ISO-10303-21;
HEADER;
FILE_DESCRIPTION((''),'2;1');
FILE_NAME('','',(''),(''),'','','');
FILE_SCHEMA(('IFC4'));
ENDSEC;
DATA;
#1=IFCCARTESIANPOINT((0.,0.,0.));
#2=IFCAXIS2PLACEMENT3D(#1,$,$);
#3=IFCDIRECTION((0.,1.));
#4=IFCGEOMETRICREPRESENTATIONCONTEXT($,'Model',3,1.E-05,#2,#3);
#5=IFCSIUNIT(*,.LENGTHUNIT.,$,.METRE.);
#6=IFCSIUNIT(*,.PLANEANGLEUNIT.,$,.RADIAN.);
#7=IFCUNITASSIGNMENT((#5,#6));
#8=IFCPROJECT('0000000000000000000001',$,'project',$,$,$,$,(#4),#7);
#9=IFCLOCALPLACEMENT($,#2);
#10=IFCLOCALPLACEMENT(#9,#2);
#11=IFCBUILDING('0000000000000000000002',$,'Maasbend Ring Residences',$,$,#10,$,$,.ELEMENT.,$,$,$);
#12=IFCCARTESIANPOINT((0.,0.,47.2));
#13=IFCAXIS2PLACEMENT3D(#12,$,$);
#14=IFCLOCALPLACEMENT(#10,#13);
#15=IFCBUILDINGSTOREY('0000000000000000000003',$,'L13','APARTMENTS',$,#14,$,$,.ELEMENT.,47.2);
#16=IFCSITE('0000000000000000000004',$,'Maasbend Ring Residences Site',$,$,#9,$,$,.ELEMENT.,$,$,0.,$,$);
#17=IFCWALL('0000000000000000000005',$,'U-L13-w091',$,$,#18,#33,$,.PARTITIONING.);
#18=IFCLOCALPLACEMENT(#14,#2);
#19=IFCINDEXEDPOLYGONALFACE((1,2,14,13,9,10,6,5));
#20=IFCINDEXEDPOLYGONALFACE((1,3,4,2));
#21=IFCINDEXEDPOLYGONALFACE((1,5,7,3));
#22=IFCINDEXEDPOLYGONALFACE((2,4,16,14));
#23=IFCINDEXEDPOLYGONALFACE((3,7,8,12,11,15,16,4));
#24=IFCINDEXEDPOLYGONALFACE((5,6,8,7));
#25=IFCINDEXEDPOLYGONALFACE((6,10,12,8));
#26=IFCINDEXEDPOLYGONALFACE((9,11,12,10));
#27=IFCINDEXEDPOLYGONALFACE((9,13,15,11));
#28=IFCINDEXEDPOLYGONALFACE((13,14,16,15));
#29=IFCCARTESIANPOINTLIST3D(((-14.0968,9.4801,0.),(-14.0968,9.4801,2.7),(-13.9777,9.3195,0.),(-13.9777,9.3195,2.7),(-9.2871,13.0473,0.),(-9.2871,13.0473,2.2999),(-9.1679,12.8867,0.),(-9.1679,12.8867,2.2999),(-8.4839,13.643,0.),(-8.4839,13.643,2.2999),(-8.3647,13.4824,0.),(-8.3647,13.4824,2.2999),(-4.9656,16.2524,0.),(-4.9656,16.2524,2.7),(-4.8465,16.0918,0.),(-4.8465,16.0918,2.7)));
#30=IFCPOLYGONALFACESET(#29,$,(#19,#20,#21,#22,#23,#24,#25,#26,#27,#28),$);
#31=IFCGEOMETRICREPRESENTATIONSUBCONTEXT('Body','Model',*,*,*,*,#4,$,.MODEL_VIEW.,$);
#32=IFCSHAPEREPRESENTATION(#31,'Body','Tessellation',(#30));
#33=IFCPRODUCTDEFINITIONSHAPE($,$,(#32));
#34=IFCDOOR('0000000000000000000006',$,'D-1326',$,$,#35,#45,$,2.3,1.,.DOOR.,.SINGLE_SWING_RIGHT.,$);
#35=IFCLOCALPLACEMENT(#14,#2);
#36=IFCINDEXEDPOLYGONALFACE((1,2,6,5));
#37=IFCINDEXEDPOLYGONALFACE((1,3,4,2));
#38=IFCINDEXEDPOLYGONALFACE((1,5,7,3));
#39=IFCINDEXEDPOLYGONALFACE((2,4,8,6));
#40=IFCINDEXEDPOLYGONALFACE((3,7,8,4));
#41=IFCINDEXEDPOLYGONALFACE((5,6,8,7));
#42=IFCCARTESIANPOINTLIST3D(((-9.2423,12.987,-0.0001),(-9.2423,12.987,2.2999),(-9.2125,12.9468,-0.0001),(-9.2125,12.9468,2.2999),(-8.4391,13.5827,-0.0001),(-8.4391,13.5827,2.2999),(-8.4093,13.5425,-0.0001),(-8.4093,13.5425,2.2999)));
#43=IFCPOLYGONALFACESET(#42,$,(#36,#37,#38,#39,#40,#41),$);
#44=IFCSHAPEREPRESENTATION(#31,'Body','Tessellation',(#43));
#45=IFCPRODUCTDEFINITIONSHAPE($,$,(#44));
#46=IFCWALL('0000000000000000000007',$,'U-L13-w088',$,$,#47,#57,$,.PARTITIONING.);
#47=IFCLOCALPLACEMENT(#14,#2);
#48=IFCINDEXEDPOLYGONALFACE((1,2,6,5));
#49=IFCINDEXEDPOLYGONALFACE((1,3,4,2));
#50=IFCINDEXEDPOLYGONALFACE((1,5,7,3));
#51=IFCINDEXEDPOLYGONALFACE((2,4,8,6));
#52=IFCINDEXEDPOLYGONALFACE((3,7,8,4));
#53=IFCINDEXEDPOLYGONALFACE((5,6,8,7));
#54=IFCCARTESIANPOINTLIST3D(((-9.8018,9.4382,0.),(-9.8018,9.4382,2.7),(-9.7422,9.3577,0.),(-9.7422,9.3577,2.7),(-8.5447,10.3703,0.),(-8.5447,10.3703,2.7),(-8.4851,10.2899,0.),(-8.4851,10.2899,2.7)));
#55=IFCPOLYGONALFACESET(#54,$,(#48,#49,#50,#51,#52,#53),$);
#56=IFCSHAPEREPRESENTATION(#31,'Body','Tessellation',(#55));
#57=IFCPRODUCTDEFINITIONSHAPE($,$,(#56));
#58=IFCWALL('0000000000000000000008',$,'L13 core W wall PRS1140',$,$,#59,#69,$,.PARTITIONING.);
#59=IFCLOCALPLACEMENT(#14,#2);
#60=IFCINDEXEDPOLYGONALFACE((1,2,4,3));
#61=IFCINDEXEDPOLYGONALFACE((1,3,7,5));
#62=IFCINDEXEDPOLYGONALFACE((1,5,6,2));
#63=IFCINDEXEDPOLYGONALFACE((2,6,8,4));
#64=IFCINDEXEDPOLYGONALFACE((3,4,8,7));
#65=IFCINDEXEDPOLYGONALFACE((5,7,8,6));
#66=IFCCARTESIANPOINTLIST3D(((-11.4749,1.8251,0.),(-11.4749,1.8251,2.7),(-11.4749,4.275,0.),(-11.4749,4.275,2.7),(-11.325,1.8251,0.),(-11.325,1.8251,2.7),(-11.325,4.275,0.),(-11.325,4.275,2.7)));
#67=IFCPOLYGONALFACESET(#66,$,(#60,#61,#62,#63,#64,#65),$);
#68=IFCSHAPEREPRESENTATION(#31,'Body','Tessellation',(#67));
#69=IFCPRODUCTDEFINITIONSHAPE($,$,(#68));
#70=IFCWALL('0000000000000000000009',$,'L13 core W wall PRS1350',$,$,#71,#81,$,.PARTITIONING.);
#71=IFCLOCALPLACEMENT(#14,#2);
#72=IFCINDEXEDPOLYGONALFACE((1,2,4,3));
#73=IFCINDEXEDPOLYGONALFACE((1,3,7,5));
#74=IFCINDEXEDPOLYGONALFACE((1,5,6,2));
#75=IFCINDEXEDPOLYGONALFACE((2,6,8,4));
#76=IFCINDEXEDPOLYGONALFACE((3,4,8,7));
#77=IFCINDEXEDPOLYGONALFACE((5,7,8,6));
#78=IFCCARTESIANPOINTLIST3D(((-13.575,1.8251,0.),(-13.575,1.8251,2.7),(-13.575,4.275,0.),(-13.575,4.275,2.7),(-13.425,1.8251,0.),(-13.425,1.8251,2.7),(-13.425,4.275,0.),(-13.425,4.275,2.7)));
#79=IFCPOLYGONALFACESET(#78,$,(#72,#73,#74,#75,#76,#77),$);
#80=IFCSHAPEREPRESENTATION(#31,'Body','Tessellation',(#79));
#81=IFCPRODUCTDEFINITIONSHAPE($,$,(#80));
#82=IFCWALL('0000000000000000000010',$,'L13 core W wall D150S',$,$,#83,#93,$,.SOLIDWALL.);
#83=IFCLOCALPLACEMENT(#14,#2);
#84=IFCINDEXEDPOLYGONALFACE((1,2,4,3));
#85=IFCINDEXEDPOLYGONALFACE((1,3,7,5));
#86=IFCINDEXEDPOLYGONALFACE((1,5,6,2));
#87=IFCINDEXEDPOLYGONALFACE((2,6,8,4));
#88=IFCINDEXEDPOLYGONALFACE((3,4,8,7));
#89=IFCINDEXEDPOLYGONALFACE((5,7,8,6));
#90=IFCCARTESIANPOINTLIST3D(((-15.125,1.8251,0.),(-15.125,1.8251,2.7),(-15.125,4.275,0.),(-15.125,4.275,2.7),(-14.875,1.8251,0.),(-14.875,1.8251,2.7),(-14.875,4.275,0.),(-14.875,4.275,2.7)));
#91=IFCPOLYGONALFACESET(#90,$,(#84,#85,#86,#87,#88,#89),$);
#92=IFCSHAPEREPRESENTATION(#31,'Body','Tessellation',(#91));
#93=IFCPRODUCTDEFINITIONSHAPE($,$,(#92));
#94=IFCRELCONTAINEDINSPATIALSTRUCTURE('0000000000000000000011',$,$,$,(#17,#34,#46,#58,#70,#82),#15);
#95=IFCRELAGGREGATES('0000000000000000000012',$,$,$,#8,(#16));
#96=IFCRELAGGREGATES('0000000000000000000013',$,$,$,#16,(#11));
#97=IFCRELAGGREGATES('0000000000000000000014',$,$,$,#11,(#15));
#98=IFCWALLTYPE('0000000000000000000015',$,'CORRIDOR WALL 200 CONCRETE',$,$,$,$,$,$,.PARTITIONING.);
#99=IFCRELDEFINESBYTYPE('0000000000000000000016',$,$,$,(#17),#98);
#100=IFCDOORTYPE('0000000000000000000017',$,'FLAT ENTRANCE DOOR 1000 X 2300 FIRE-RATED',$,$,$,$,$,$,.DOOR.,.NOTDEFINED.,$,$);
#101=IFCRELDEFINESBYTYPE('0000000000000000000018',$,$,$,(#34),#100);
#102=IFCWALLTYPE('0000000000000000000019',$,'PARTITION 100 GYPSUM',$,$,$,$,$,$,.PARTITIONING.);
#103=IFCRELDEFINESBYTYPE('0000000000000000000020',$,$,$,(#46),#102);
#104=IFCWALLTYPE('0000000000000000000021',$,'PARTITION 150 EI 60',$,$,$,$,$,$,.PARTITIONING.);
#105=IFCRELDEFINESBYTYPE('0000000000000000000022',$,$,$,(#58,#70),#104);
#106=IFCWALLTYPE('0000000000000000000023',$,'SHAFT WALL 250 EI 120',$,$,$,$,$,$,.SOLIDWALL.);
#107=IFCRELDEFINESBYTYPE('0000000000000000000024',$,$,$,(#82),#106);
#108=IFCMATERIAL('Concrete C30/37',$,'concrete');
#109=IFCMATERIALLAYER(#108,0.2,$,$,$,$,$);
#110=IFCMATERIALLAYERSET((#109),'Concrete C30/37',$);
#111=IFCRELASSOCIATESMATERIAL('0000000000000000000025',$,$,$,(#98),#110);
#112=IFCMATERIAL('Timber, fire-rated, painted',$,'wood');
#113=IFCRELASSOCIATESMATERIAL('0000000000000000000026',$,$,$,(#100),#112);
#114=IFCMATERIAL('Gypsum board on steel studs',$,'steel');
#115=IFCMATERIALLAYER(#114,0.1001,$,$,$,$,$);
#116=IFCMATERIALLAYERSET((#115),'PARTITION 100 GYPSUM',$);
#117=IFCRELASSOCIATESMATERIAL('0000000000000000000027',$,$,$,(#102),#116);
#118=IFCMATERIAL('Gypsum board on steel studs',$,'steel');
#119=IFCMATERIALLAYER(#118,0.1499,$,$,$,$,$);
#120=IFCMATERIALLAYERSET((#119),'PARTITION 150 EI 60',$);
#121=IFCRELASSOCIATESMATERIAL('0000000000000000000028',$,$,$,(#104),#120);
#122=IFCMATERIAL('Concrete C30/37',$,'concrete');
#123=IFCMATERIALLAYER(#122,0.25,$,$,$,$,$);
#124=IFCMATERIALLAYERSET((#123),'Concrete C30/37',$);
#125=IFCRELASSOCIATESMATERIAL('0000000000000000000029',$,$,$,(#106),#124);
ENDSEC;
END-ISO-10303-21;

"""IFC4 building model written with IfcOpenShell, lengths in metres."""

from ifc_helpers import new_model, si_unit, direction, frame, frame_2d, origin, place, context, subcontext, project, spatial, rectangle, extrude, material, layer, layer_set, type_object, element, fill, save


model = new_model("IFC4")

# Units and contexts
model_context = context("Model", 3, precision=1e-05, world=origin(), true_north=direction((0.0, 1.0)))
body_context = subcontext(model_context, "Body", "Model", "MODEL_VIEW")
ifc_project = project(units=[si_unit("LENGTHUNIT", "METRE"), si_unit("PLANEANGLEUNIT", "RADIAN")], contexts=[model_context])

# Site, building, storey
site_placement = place(None, origin())
site = spatial("IfcSite", under=ifc_project, at=site_placement, Name="Maasbend Ring Residences Site", CompositionType="ELEMENT", RefElevation=0.0)
building_placement = place(site_placement, origin())
building = spatial("IfcBuilding", under=site, at=building_placement, Name="Maasbend Ring Residences", CompositionType="ELEMENT")
storey_placement = place(building_placement, frame((0.0, 0.0, 47.2)))
storey = spatial("IfcBuildingStorey", under=building, at=storey_placement, Name="L13", Description="APARTMENTS", CompositionType="ELEMENT", Elevation=47.2)

# Wall, opening, door
ifc_material_1 = material(Name="Concrete C30/37", Category="concrete")
ifc_layer_1 = layer(ifc_material_1, 0.2)
ifc_layer_set_1 = layer_set([ifc_layer_1], Name="Concrete C30/37")
wall_type_1 = type_object("IfcWallType", Name="CORRIDOR WALL 200 CONCRETE", PredefinedType="PARTITIONING", material=ifc_layer_set_1)
wall_1_placement = place(storey_placement, frame((-14.0371, 9.3999, 0.0), z_axis=(0.0, 0.0, 1.0), x_axis=(0.803202, 0.595707, 0.0)))
wall_1 = element("IfcWall", 1, at=wall_1_placement, inside=storey, type_object=wall_type_1, Name="U-L13-w091", PredefinedType="PARTITIONING", context=body_context, shape_type="SweptSolid", body=[
    extrude(rectangle(XDim=11.3684, YDim=0.2, at=frame_2d((5.6841, 0.0))), origin(), (0.0, 0.0, 1.0), 2.7),
])
opening_1_placement = place(wall_1_placement, frame((5.988, 0.0, 0.0)))
opening_1 = element("IfcOpeningElement", 2, at=opening_1_placement, cuts=wall_1, PredefinedType="OPENING", context=body_context, shape_type="SweptSolid", body=[
    extrude(rectangle(XDim=1.0, YDim=2.3, at=frame_2d((0.5, 1.1499))), frame((0.0, 0.1099, 0.0), z_axis=(0.0, -1.0, 0.0), x_axis=(1.0, 0.0, 0.0)), (0.0, 0.0, 1.0), 0.22),
])
ifc_material_2 = material(Name="Timber, fire-rated, painted", Category="wood")
door_type_1 = type_object("IfcDoorType", Name="FLAT ENTRANCE DOOR 1000 X 2300 FIRE-RATED", OperationType="NOTDEFINED", PredefinedType="DOOR", material=ifc_material_2)
door_1_placement = place(opening_1_placement, origin())
door_1 = element("IfcDoor", 3, at=door_1_placement, inside=storey, type_object=door_type_1, Name="D-1326", OperationType="SINGLE_SWING_RIGHT", OverallHeight=2.3, OverallWidth=1.0, PredefinedType="DOOR", context=body_context, shape_type="SweptSolid", body=[
    extrude(rectangle(XDim=1.0, YDim=2.3, at=frame_2d((0.5, 1.1499))), frame((0.0, 0.0249, 0.0), z_axis=(0.0, -1.0, 0.0), x_axis=(1.0, 0.0, 0.0)), (0.0, 0.0, 1.0), 0.05),
])
fill(opening_1, door_1)

# Walls
ifc_material_3 = material(Name="Gypsum board on steel studs", Category="steel")
ifc_layer_2 = layer(ifc_material_3, 0.1001)
ifc_layer_set_2 = layer_set([ifc_layer_2], Name="PARTITION 100 GYPSUM")
wall_type_2 = type_object("IfcWallType", Name="PARTITION 100 GYPSUM", PredefinedType="PARTITIONING", material=ifc_layer_set_2)
wall_2_placement = place(storey_placement, frame((-9.772, 9.3979, 0.0), z_axis=(0.0, 0.0, 1.0), x_axis=(0.803264, 0.595623, 0.0)))
element("IfcWall", 4, at=wall_2_placement, inside=storey, type_object=wall_type_2, Name="U-L13-w088", PredefinedType="PARTITIONING", context=body_context, shape_type="SweptSolid", body=[
    extrude(rectangle(XDim=1.5649, YDim=0.1001, at=frame_2d((0.7825, 0.0))), origin(), (0.0, 0.0, 1.0), 2.7),
])
ifc_material_4 = material(Name="Gypsum board on steel studs", Category="steel")
ifc_layer_3 = layer(ifc_material_4, 0.1499)
ifc_layer_set_3 = layer_set([ifc_layer_3], Name="PARTITION 150 EI 60")
wall_type_3 = type_object("IfcWallType", Name="PARTITION 150 EI 60", PredefinedType="PARTITIONING", material=ifc_layer_set_3)
for number, where, z_axis, x_axis, name in (
    (5, (-11.3999, 1.825, 0.0), (0.0, 0.0, 1.0), (0.0, 1.0, 0.0), "L13 core W wall PRS1140"),
    (6, (-13.5, 1.825, 0.0), (0.0, 0.0, 1.0), (0.0, 1.0, 0.0), "L13 core W wall PRS1350"),
):
    element("IfcWall", number, at=place(storey_placement, frame(where, z_axis=z_axis, x_axis=x_axis)), inside=storey, type_object=wall_type_3, Name=name, PredefinedType="PARTITIONING", context=body_context, shape_type="SweptSolid", body=[
        extrude(rectangle(XDim=2.45, YDim=0.1499, at=frame_2d((1.2251, 0.0))), origin(), (0.0, 0.0, 1.0), 2.7),
    ])
ifc_material_5 = material(Name="Concrete C30/37", Category="concrete")
ifc_layer_4 = layer(ifc_material_5, 0.25)
ifc_layer_set_4 = layer_set([ifc_layer_4], Name="Concrete C30/37")
wall_type_4 = type_object("IfcWallType", Name="SHAFT WALL 250 EI 120", PredefinedType="SOLIDWALL", material=ifc_layer_set_4)
wall_3_placement = place(storey_placement, frame((-15.0, 1.825, 0.0), z_axis=(0.0, 0.0, 1.0), x_axis=(0.0, 1.0, 0.0)))
element("IfcWall", 7, at=wall_3_placement, inside=storey, type_object=wall_type_4, Name="L13 core W wall D150S", PredefinedType="SOLIDWALL", context=body_context, shape_type="SweptSolid", body=[
    extrude(rectangle(XDim=2.45, YDim=0.25, at=frame_2d((1.2251, 0.0))), origin(), (0.0, 0.0, 1.0), 2.7),
])

save(model, "model.ifc")
